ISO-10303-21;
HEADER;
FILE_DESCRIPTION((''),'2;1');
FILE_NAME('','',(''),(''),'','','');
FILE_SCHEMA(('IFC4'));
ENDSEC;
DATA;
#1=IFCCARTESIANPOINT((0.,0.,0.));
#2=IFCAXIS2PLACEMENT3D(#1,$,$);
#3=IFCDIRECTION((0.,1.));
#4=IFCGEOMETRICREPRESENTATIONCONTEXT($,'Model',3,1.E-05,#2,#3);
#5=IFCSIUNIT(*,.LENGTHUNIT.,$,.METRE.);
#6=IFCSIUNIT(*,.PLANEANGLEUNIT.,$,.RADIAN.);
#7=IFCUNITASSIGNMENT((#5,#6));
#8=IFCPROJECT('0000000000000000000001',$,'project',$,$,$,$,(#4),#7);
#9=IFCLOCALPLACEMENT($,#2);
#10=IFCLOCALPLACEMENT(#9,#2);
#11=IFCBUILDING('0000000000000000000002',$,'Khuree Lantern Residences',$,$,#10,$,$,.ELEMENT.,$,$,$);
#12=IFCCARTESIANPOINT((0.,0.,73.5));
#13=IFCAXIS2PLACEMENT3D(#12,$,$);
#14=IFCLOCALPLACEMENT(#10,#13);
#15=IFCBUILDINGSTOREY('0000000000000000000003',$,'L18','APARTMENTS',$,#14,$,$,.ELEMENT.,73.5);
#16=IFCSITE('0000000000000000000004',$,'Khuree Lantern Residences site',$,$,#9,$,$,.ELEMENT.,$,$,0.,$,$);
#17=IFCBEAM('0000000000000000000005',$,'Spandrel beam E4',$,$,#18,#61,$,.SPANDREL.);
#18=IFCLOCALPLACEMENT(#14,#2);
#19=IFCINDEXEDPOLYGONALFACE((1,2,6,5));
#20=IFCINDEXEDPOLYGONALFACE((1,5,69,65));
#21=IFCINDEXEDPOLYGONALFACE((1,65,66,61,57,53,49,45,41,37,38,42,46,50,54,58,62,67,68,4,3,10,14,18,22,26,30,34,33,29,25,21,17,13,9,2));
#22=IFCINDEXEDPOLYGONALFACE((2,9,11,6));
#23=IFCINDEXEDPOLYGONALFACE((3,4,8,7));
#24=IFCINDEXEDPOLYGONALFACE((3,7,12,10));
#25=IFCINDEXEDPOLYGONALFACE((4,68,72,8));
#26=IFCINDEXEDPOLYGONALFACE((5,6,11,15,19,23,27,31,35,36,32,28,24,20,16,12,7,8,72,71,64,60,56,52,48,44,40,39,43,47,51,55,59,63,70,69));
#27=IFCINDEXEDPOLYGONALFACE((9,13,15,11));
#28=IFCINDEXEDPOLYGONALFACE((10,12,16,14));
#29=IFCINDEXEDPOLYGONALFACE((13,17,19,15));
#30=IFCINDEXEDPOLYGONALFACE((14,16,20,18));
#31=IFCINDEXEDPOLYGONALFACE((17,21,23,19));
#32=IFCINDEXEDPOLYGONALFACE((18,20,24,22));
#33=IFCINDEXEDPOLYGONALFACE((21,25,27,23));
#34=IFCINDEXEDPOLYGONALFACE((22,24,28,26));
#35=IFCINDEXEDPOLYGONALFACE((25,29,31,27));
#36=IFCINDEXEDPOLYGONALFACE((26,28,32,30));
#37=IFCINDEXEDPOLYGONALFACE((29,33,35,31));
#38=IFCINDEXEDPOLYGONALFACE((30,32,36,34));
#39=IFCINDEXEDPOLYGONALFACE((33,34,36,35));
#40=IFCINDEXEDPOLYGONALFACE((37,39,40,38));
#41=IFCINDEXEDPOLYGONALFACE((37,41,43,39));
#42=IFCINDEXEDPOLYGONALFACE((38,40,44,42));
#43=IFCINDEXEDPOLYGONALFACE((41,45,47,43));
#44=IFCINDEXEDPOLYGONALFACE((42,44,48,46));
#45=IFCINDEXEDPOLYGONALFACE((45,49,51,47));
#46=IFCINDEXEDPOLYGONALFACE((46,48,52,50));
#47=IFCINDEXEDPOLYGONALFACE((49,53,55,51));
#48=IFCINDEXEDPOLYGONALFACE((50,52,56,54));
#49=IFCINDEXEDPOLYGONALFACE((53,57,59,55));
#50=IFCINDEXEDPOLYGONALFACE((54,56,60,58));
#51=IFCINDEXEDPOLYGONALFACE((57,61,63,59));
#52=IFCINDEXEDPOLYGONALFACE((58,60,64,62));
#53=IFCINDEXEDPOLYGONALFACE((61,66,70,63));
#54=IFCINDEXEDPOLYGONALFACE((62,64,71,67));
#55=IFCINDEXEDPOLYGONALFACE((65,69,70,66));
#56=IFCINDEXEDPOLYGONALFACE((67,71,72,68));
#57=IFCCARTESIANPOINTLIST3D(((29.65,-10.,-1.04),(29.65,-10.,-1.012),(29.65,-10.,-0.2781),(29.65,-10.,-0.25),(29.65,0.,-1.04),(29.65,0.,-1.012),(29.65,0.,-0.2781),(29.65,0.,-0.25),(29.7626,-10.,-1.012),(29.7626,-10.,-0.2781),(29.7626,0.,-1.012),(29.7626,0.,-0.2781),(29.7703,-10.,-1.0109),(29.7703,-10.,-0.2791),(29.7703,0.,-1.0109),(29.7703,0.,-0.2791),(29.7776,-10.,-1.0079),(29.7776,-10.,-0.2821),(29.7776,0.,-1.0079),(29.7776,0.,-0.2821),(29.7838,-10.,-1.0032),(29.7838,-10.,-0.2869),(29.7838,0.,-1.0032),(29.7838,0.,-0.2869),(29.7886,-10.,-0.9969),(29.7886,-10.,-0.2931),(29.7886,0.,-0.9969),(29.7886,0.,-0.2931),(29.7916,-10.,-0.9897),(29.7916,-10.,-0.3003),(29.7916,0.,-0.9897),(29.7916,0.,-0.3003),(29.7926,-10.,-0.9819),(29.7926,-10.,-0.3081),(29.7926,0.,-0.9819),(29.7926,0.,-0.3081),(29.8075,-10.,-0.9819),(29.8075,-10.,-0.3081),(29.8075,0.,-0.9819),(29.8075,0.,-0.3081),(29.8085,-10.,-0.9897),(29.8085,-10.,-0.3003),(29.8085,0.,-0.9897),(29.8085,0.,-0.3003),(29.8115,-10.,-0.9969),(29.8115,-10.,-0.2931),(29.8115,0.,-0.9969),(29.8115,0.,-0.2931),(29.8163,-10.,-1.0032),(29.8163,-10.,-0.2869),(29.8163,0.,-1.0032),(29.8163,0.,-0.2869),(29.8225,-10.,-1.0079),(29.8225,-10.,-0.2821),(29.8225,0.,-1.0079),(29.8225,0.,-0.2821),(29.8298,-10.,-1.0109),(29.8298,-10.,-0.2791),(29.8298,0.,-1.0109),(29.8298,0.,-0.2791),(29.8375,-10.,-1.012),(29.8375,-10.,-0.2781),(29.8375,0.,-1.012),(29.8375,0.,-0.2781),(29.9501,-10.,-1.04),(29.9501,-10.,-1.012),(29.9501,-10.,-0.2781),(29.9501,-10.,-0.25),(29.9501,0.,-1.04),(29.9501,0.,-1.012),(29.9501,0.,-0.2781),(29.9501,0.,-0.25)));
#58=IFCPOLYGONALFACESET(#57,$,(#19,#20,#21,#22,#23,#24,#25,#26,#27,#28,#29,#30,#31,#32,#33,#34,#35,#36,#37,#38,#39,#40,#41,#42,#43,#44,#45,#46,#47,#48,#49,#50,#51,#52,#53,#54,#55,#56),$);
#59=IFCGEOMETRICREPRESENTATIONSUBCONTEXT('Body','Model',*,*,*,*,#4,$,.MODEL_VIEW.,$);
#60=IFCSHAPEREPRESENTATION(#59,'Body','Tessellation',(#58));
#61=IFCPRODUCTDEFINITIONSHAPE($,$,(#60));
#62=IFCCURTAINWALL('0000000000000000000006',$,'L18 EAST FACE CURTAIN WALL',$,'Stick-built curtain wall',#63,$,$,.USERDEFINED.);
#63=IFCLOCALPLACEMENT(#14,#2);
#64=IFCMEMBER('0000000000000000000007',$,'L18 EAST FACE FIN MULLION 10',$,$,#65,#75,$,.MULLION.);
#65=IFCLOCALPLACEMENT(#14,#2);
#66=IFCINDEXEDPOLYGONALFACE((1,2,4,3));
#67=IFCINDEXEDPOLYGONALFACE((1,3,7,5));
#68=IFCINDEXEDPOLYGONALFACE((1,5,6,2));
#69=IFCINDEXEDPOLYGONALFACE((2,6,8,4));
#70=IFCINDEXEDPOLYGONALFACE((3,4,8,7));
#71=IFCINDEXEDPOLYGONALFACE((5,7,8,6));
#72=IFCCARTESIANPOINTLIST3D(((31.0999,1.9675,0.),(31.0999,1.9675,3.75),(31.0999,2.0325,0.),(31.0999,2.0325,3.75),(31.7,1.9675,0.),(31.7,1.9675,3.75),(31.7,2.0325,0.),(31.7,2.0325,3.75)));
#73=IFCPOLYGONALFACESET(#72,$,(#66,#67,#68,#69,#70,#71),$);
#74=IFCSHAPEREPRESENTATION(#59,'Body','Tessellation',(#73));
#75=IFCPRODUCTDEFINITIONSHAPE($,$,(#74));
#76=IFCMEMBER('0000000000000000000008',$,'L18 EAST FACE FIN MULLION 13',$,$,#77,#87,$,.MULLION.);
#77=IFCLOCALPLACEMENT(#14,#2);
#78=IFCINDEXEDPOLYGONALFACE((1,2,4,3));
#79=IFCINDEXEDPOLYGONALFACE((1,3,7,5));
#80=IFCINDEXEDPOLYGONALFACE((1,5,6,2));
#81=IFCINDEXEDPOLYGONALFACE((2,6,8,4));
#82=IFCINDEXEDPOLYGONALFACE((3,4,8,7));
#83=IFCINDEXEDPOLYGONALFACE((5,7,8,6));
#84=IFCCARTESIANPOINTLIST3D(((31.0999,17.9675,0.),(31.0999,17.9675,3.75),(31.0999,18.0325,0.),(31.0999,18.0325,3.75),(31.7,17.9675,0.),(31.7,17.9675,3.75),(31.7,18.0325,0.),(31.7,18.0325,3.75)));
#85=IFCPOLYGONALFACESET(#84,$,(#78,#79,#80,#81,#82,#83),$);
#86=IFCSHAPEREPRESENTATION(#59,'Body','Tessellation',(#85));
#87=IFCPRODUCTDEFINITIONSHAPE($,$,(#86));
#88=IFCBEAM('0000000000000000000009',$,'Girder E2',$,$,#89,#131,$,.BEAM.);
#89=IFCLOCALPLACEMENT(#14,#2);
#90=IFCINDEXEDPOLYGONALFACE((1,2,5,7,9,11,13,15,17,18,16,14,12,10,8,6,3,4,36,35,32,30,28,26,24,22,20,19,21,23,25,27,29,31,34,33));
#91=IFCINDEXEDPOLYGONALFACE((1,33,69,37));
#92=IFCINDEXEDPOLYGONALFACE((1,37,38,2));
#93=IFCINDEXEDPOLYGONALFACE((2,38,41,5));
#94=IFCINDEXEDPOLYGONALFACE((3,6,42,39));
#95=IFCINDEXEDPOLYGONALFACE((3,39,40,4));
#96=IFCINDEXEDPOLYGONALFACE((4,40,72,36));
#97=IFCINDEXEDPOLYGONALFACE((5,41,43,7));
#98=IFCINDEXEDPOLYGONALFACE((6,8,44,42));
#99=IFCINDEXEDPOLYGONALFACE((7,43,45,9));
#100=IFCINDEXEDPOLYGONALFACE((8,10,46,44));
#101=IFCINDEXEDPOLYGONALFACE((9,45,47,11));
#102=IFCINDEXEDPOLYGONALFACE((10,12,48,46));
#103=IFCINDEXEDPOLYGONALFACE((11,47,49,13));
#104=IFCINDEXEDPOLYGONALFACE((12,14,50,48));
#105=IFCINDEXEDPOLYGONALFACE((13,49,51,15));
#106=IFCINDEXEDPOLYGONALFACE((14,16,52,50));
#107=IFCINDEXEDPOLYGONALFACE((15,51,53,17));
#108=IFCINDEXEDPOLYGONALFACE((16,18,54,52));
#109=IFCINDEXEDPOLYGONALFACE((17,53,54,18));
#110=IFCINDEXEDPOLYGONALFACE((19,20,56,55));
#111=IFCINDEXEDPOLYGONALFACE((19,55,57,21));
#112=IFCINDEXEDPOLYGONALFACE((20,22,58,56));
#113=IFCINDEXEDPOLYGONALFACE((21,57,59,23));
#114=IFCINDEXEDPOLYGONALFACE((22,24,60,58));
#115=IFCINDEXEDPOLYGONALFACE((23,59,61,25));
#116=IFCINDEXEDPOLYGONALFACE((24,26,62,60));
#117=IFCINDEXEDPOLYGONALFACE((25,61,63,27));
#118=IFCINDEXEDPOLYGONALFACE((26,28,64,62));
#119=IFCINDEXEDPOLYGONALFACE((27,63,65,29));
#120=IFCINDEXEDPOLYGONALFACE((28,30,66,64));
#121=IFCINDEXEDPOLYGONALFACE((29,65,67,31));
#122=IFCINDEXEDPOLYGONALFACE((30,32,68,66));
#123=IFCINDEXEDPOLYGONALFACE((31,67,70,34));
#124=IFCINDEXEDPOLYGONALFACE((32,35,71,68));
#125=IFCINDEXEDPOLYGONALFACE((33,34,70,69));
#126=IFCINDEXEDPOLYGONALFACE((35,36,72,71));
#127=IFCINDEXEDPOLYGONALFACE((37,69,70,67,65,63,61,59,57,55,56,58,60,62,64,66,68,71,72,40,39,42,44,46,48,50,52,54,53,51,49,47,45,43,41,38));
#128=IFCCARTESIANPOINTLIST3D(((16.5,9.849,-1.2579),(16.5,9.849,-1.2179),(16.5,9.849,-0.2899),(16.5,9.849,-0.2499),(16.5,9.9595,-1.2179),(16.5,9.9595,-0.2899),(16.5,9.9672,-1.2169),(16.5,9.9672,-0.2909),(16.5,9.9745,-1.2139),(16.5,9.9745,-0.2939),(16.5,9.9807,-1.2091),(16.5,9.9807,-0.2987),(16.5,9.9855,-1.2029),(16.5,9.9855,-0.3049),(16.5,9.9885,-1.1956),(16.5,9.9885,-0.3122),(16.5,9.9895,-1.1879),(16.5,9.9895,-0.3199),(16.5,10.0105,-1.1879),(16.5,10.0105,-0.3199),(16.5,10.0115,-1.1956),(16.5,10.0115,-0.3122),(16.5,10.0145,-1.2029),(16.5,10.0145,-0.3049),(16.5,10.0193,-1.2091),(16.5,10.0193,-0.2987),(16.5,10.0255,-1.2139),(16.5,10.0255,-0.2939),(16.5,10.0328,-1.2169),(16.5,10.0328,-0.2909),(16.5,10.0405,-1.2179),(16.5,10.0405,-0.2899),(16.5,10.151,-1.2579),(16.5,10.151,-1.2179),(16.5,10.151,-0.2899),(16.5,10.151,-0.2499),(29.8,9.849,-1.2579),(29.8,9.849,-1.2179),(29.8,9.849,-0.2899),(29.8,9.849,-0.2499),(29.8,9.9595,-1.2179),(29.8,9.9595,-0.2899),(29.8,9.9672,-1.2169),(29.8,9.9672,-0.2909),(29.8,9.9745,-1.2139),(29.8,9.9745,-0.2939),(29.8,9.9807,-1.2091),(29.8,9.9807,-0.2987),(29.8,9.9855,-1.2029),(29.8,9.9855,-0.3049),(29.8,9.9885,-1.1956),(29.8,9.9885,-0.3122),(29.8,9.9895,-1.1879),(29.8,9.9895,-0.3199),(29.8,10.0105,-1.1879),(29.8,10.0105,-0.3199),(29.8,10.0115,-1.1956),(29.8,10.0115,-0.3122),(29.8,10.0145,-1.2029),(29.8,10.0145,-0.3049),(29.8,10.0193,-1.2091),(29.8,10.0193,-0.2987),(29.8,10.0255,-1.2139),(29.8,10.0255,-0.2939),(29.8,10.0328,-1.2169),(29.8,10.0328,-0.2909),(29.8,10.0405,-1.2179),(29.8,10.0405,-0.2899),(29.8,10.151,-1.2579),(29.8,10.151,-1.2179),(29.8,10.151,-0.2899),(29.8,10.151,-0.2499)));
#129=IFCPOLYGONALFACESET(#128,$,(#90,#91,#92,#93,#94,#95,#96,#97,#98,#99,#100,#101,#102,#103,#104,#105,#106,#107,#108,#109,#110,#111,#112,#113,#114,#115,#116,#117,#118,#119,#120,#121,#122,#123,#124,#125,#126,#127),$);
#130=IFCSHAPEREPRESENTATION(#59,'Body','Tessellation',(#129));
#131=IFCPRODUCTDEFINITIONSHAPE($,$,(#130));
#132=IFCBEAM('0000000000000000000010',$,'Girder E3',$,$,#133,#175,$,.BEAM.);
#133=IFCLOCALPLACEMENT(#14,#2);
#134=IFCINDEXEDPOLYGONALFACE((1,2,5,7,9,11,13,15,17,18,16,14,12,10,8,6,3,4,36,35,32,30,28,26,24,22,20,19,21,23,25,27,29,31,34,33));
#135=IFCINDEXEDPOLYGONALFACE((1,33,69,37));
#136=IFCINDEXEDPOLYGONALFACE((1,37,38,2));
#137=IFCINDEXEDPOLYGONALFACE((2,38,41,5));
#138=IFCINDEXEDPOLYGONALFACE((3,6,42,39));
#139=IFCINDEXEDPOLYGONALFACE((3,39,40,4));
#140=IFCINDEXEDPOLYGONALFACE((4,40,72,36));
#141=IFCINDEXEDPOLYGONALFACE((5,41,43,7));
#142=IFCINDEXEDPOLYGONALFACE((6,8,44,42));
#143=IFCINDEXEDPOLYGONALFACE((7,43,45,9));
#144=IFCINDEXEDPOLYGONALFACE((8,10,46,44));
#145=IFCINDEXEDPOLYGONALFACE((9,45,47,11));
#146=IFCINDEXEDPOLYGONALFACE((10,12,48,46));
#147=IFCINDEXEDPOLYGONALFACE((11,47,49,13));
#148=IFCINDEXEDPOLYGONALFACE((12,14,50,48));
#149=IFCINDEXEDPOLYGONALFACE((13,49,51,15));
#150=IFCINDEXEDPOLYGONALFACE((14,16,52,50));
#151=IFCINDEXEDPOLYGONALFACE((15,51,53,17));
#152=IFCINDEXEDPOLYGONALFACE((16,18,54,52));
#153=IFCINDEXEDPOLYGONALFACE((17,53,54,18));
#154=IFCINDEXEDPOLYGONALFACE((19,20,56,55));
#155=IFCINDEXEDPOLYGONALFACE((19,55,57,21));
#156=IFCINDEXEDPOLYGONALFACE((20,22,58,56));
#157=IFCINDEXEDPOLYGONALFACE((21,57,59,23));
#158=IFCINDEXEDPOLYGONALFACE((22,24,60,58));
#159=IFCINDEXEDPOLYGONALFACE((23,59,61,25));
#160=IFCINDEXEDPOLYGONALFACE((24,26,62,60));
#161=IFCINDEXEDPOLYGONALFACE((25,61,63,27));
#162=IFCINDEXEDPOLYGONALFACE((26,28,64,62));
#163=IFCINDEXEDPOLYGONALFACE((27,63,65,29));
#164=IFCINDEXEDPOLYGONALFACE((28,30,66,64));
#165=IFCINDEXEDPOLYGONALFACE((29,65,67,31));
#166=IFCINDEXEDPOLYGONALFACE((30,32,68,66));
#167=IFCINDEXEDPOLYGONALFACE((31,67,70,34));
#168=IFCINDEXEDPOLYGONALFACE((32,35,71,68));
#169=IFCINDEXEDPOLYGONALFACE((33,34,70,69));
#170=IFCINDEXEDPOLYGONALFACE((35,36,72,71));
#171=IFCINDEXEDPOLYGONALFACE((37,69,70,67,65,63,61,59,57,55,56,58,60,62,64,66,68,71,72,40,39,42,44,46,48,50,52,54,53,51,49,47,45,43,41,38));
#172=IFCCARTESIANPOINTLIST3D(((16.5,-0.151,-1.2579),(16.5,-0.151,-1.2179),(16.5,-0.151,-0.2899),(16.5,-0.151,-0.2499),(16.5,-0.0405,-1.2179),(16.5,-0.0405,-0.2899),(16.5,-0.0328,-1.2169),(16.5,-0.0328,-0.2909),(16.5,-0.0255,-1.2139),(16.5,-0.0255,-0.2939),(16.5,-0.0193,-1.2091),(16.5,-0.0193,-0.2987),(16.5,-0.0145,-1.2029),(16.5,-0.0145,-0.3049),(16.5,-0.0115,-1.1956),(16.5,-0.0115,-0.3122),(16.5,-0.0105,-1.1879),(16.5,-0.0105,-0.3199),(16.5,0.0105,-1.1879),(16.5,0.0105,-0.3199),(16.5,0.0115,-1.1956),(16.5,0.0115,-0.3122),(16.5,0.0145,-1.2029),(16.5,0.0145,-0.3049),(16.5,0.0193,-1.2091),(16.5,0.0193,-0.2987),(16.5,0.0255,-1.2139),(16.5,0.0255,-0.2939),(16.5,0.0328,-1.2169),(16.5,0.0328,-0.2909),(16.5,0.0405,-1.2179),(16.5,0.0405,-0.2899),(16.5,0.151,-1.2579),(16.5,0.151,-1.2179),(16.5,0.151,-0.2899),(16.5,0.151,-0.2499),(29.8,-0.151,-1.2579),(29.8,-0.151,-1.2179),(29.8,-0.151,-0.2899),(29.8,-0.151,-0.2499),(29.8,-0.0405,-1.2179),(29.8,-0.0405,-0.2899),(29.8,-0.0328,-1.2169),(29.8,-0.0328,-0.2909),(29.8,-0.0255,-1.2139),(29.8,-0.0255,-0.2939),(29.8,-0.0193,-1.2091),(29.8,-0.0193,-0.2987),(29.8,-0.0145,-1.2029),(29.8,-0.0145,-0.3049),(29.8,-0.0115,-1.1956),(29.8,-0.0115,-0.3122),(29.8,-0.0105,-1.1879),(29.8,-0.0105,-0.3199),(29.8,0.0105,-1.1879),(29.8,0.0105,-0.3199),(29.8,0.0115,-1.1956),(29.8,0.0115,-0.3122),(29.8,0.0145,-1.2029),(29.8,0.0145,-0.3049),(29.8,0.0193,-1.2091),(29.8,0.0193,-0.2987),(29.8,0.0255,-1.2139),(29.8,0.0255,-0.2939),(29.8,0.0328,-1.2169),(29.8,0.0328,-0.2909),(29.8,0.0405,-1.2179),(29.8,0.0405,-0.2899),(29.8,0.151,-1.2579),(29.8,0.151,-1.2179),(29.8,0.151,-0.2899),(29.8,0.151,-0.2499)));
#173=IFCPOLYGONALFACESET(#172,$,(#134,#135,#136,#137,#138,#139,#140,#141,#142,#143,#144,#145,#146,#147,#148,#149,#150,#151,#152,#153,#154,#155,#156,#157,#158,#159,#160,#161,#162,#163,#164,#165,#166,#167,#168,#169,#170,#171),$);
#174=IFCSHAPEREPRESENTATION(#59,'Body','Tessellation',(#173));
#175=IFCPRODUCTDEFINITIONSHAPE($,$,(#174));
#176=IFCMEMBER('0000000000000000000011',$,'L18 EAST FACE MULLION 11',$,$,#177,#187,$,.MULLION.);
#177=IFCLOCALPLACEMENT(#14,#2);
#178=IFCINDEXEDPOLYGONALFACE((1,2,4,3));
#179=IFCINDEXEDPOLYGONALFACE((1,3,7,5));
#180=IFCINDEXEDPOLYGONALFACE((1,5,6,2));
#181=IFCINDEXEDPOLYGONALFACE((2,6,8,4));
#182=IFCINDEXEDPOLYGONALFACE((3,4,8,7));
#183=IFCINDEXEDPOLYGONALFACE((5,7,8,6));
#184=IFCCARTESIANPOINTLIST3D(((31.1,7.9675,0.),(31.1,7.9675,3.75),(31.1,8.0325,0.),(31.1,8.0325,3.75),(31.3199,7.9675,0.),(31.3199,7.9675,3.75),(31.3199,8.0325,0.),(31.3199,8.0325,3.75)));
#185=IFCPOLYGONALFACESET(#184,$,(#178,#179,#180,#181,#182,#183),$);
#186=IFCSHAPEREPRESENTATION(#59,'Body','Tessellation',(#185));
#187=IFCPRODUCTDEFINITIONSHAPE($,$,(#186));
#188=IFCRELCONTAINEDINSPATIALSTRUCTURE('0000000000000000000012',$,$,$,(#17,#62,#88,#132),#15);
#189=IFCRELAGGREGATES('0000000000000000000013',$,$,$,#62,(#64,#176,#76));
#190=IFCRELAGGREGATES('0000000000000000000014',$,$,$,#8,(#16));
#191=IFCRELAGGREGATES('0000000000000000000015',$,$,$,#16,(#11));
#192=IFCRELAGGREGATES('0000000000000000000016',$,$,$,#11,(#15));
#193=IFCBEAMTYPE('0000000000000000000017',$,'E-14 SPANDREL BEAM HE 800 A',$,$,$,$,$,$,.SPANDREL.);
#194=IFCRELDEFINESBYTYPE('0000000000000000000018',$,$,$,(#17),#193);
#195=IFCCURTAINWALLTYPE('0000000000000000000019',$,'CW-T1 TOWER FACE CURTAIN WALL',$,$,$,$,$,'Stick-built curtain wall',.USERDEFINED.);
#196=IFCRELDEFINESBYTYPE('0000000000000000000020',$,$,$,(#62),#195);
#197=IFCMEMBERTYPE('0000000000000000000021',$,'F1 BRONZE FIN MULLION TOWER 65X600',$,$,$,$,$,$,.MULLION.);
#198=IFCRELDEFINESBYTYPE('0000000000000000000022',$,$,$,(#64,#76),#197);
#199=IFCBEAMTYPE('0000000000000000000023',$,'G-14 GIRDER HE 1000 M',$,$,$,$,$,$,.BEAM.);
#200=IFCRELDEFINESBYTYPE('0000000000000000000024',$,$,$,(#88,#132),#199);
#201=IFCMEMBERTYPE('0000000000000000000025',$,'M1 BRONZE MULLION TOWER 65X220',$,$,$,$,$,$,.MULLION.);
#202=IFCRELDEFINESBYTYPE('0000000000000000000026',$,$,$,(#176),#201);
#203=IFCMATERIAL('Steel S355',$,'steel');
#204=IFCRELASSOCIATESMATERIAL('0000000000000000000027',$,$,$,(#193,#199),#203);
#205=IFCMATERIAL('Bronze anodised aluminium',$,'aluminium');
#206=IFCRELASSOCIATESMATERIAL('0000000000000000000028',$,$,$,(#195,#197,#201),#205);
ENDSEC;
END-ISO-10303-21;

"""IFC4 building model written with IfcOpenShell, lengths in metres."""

from ifc_helpers import new_model, si_unit, direction, frame, origin, origin_2d, place, context, subcontext, project, spatial, rectangle, i_section, extrude, material, material_profile, profile_set, type_object, element, aggregate, save


model = new_model("IFC4")

# Units and contexts
model_context = context("Model", 3, precision=1e-05, world=origin(), true_north=direction((0.0, 1.0)))
body_context = subcontext(model_context, "Body", "Model", "MODEL_VIEW")
ifc_project = project(units=[si_unit("LENGTHUNIT", "METRE"), si_unit("PLANEANGLEUNIT", "RADIAN")], contexts=[model_context])

# Site, building, storey
site_placement = place(None, origin())
site = spatial("IfcSite", under=ifc_project, at=site_placement, Name="Khuree Lantern Residences site", CompositionType="ELEMENT", RefElevation=0.0)
building_placement = place(site_placement, origin())
building = spatial("IfcBuilding", under=site, at=building_placement, Name="Khuree Lantern Residences", CompositionType="ELEMENT")
storey_placement = place(building_placement, frame((0.0, 0.0, 73.5)))
storey = spatial("IfcBuildingStorey", under=building, at=storey_placement, Name="L18", Description="APARTMENTS", CompositionType="ELEMENT", Elevation=73.5)

# Beam
ifc_material_1 = material(Name="Steel S355", Category="steel")
ifc_material_profile_1 = material_profile(ifc_material_1, i_section(OverallWidth=0.3, OverallDepth=0.79, WebThickness=0.0149, FlangeThickness=0.0281, FilletRadius=0.03, at=origin_2d()), Name="HE 800 A")
ifc_profile_set_1 = profile_set([ifc_material_profile_1], Name="Steel S355")
beam_type_1 = type_object("IfcBeamType", Name="E-14 SPANDREL BEAM HE 800 A", PredefinedType="SPANDREL", material=ifc_profile_set_1)
for number, where, z_axis, x_axis, name in (
    (1, (29.8, 0.0, -0.645), (0.0, -1.0, 0.0), (1.0, 0.0, 0.0), "Spandrel beam E4"),
):
    element("IfcBeam", number, at=place(storey_placement, frame(where, z_axis=z_axis, x_axis=x_axis)), inside=storey, type_object=beam_type_1, Name=name, PredefinedType="SPANDREL", context=body_context, shape_type="SweptSolid", body=[
        extrude(i_section(OverallWidth=0.3, OverallDepth=0.79, WebThickness=0.0149, FlangeThickness=0.0281, FilletRadius=0.03, at=origin_2d()), origin(), (0.0, 0.0, 1.0), 10.0),
    ])

# Curtain wall, members
ifc_material_2 = material(Name="Bronze anodised aluminium", Category="aluminium")
curtain_wall_type = type_object("IfcCurtainWallType", Name="CW-T1 TOWER FACE CURTAIN WALL", ElementType="Stick-built curtain wall", PredefinedType="USERDEFINED", material=ifc_material_2)
curtain_wall_placement = place(storey_placement, origin())
curtain_wall = element("IfcCurtainWall", 2, at=curtain_wall_placement, inside=storey, type_object=curtain_wall_type, Name="L18 EAST FACE CURTAIN WALL", ObjectType="Stick-built curtain wall", PredefinedType="USERDEFINED")
ifc_material_profile_2 = material_profile(ifc_material_2, rectangle(XDim=0.0649, YDim=0.6001, at=origin_2d()), Name="F1 65X600")
ifc_profile_set_2 = profile_set([ifc_material_profile_2], Name="Bronze anodised aluminium")
member_type_1 = type_object("IfcMemberType", Name="F1 BRONZE FIN MULLION TOWER 65X600", PredefinedType="MULLION", material=ifc_profile_set_2)
member_1_placement = place(storey_placement, frame((31.3999, 2.0, 0.0), z_axis=(0.0, 0.0, 1.0), x_axis=(0.0, 1.0, 0.0)))
member_1 = element("IfcMember", 3, at=member_1_placement, type_object=member_type_1, Name="L18 EAST FACE FIN MULLION 10", PredefinedType="MULLION", context=body_context, shape_type="SweptSolid", body=[
    extrude(rectangle(XDim=0.0649, YDim=0.6001, at=origin_2d()), origin(), (0.0, 0.0, 1.0), 3.75),
])
member_2_placement = place(storey_placement, frame((31.3999, 18.0, 0.0), z_axis=(0.0, 0.0, 1.0), x_axis=(0.0, 1.0, 0.0)))
member_2 = element("IfcMember", 4, at=member_2_placement, type_object=member_type_1, Name="L18 EAST FACE FIN MULLION 13", PredefinedType="MULLION", context=body_context, shape_type="SweptSolid", body=[
    extrude(rectangle(XDim=0.0649, YDim=0.6001, at=origin_2d()), origin(), (0.0, 0.0, 1.0), 3.75),
])

# Beams
ifc_material_profile_3 = material_profile(ifc_material_1, i_section(OverallWidth=0.302, OverallDepth=1.0081, WebThickness=0.021, FlangeThickness=0.04, FilletRadius=0.03, at=origin_2d()), Name="HE 1000 M")
ifc_profile_set_3 = profile_set([ifc_material_profile_3], Name="Steel S355")
beam_type_2 = type_object("IfcBeamType", Name="G-14 GIRDER HE 1000 M", PredefinedType="BEAM", material=ifc_profile_set_3)
for number, where, z_axis, x_axis, name in (
    (5, (29.8, 10.0, -0.7539), (-1.0, 0.0, 0.0), (0.0, -1.0, 0.0), "Girder E2"),
    (6, (29.8, 0.0, -0.7539), (-1.0, 0.0, 0.0), (0.0, -1.0, 0.0), "Girder E3"),
):
    element("IfcBeam", number, at=place(storey_placement, frame(where, z_axis=z_axis, x_axis=x_axis)), inside=storey, type_object=beam_type_2, Name=name, PredefinedType="BEAM", context=body_context, shape_type="SweptSolid", body=[
        extrude(i_section(OverallWidth=0.302, OverallDepth=1.0081, WebThickness=0.021, FlangeThickness=0.04, FilletRadius=0.03, at=origin_2d()), origin(), (0.0, 0.0, 1.0), 13.3),
    ])

# Member
ifc_material_profile_4 = material_profile(ifc_material_2, rectangle(XDim=0.0649, YDim=0.22, at=origin_2d()), Name="M1 65X220")
ifc_profile_set_4 = profile_set([ifc_material_profile_4], Name="Bronze anodised aluminium")
member_type_2 = type_object("IfcMemberType", Name="M1 BRONZE MULLION TOWER 65X220", PredefinedType="MULLION", material=ifc_profile_set_4)
member_3_placement = place(storey_placement, frame((31.21, 8.0, 0.0), z_axis=(0.0, 0.0, 1.0), x_axis=(0.0, 1.0, 0.0)))
member_3 = element("IfcMember", 7, at=member_3_placement, type_object=member_type_2, Name="L18 EAST FACE MULLION 11", PredefinedType="MULLION", context=body_context, shape_type="SweptSolid", body=[
    extrude(rectangle(XDim=0.0649, YDim=0.22, at=origin_2d()), origin(), (0.0, 0.0, 1.0), 3.75),
])

aggregate(curtain_wall, [member_1, member_3, member_2])

save(model, "model.ifc")
